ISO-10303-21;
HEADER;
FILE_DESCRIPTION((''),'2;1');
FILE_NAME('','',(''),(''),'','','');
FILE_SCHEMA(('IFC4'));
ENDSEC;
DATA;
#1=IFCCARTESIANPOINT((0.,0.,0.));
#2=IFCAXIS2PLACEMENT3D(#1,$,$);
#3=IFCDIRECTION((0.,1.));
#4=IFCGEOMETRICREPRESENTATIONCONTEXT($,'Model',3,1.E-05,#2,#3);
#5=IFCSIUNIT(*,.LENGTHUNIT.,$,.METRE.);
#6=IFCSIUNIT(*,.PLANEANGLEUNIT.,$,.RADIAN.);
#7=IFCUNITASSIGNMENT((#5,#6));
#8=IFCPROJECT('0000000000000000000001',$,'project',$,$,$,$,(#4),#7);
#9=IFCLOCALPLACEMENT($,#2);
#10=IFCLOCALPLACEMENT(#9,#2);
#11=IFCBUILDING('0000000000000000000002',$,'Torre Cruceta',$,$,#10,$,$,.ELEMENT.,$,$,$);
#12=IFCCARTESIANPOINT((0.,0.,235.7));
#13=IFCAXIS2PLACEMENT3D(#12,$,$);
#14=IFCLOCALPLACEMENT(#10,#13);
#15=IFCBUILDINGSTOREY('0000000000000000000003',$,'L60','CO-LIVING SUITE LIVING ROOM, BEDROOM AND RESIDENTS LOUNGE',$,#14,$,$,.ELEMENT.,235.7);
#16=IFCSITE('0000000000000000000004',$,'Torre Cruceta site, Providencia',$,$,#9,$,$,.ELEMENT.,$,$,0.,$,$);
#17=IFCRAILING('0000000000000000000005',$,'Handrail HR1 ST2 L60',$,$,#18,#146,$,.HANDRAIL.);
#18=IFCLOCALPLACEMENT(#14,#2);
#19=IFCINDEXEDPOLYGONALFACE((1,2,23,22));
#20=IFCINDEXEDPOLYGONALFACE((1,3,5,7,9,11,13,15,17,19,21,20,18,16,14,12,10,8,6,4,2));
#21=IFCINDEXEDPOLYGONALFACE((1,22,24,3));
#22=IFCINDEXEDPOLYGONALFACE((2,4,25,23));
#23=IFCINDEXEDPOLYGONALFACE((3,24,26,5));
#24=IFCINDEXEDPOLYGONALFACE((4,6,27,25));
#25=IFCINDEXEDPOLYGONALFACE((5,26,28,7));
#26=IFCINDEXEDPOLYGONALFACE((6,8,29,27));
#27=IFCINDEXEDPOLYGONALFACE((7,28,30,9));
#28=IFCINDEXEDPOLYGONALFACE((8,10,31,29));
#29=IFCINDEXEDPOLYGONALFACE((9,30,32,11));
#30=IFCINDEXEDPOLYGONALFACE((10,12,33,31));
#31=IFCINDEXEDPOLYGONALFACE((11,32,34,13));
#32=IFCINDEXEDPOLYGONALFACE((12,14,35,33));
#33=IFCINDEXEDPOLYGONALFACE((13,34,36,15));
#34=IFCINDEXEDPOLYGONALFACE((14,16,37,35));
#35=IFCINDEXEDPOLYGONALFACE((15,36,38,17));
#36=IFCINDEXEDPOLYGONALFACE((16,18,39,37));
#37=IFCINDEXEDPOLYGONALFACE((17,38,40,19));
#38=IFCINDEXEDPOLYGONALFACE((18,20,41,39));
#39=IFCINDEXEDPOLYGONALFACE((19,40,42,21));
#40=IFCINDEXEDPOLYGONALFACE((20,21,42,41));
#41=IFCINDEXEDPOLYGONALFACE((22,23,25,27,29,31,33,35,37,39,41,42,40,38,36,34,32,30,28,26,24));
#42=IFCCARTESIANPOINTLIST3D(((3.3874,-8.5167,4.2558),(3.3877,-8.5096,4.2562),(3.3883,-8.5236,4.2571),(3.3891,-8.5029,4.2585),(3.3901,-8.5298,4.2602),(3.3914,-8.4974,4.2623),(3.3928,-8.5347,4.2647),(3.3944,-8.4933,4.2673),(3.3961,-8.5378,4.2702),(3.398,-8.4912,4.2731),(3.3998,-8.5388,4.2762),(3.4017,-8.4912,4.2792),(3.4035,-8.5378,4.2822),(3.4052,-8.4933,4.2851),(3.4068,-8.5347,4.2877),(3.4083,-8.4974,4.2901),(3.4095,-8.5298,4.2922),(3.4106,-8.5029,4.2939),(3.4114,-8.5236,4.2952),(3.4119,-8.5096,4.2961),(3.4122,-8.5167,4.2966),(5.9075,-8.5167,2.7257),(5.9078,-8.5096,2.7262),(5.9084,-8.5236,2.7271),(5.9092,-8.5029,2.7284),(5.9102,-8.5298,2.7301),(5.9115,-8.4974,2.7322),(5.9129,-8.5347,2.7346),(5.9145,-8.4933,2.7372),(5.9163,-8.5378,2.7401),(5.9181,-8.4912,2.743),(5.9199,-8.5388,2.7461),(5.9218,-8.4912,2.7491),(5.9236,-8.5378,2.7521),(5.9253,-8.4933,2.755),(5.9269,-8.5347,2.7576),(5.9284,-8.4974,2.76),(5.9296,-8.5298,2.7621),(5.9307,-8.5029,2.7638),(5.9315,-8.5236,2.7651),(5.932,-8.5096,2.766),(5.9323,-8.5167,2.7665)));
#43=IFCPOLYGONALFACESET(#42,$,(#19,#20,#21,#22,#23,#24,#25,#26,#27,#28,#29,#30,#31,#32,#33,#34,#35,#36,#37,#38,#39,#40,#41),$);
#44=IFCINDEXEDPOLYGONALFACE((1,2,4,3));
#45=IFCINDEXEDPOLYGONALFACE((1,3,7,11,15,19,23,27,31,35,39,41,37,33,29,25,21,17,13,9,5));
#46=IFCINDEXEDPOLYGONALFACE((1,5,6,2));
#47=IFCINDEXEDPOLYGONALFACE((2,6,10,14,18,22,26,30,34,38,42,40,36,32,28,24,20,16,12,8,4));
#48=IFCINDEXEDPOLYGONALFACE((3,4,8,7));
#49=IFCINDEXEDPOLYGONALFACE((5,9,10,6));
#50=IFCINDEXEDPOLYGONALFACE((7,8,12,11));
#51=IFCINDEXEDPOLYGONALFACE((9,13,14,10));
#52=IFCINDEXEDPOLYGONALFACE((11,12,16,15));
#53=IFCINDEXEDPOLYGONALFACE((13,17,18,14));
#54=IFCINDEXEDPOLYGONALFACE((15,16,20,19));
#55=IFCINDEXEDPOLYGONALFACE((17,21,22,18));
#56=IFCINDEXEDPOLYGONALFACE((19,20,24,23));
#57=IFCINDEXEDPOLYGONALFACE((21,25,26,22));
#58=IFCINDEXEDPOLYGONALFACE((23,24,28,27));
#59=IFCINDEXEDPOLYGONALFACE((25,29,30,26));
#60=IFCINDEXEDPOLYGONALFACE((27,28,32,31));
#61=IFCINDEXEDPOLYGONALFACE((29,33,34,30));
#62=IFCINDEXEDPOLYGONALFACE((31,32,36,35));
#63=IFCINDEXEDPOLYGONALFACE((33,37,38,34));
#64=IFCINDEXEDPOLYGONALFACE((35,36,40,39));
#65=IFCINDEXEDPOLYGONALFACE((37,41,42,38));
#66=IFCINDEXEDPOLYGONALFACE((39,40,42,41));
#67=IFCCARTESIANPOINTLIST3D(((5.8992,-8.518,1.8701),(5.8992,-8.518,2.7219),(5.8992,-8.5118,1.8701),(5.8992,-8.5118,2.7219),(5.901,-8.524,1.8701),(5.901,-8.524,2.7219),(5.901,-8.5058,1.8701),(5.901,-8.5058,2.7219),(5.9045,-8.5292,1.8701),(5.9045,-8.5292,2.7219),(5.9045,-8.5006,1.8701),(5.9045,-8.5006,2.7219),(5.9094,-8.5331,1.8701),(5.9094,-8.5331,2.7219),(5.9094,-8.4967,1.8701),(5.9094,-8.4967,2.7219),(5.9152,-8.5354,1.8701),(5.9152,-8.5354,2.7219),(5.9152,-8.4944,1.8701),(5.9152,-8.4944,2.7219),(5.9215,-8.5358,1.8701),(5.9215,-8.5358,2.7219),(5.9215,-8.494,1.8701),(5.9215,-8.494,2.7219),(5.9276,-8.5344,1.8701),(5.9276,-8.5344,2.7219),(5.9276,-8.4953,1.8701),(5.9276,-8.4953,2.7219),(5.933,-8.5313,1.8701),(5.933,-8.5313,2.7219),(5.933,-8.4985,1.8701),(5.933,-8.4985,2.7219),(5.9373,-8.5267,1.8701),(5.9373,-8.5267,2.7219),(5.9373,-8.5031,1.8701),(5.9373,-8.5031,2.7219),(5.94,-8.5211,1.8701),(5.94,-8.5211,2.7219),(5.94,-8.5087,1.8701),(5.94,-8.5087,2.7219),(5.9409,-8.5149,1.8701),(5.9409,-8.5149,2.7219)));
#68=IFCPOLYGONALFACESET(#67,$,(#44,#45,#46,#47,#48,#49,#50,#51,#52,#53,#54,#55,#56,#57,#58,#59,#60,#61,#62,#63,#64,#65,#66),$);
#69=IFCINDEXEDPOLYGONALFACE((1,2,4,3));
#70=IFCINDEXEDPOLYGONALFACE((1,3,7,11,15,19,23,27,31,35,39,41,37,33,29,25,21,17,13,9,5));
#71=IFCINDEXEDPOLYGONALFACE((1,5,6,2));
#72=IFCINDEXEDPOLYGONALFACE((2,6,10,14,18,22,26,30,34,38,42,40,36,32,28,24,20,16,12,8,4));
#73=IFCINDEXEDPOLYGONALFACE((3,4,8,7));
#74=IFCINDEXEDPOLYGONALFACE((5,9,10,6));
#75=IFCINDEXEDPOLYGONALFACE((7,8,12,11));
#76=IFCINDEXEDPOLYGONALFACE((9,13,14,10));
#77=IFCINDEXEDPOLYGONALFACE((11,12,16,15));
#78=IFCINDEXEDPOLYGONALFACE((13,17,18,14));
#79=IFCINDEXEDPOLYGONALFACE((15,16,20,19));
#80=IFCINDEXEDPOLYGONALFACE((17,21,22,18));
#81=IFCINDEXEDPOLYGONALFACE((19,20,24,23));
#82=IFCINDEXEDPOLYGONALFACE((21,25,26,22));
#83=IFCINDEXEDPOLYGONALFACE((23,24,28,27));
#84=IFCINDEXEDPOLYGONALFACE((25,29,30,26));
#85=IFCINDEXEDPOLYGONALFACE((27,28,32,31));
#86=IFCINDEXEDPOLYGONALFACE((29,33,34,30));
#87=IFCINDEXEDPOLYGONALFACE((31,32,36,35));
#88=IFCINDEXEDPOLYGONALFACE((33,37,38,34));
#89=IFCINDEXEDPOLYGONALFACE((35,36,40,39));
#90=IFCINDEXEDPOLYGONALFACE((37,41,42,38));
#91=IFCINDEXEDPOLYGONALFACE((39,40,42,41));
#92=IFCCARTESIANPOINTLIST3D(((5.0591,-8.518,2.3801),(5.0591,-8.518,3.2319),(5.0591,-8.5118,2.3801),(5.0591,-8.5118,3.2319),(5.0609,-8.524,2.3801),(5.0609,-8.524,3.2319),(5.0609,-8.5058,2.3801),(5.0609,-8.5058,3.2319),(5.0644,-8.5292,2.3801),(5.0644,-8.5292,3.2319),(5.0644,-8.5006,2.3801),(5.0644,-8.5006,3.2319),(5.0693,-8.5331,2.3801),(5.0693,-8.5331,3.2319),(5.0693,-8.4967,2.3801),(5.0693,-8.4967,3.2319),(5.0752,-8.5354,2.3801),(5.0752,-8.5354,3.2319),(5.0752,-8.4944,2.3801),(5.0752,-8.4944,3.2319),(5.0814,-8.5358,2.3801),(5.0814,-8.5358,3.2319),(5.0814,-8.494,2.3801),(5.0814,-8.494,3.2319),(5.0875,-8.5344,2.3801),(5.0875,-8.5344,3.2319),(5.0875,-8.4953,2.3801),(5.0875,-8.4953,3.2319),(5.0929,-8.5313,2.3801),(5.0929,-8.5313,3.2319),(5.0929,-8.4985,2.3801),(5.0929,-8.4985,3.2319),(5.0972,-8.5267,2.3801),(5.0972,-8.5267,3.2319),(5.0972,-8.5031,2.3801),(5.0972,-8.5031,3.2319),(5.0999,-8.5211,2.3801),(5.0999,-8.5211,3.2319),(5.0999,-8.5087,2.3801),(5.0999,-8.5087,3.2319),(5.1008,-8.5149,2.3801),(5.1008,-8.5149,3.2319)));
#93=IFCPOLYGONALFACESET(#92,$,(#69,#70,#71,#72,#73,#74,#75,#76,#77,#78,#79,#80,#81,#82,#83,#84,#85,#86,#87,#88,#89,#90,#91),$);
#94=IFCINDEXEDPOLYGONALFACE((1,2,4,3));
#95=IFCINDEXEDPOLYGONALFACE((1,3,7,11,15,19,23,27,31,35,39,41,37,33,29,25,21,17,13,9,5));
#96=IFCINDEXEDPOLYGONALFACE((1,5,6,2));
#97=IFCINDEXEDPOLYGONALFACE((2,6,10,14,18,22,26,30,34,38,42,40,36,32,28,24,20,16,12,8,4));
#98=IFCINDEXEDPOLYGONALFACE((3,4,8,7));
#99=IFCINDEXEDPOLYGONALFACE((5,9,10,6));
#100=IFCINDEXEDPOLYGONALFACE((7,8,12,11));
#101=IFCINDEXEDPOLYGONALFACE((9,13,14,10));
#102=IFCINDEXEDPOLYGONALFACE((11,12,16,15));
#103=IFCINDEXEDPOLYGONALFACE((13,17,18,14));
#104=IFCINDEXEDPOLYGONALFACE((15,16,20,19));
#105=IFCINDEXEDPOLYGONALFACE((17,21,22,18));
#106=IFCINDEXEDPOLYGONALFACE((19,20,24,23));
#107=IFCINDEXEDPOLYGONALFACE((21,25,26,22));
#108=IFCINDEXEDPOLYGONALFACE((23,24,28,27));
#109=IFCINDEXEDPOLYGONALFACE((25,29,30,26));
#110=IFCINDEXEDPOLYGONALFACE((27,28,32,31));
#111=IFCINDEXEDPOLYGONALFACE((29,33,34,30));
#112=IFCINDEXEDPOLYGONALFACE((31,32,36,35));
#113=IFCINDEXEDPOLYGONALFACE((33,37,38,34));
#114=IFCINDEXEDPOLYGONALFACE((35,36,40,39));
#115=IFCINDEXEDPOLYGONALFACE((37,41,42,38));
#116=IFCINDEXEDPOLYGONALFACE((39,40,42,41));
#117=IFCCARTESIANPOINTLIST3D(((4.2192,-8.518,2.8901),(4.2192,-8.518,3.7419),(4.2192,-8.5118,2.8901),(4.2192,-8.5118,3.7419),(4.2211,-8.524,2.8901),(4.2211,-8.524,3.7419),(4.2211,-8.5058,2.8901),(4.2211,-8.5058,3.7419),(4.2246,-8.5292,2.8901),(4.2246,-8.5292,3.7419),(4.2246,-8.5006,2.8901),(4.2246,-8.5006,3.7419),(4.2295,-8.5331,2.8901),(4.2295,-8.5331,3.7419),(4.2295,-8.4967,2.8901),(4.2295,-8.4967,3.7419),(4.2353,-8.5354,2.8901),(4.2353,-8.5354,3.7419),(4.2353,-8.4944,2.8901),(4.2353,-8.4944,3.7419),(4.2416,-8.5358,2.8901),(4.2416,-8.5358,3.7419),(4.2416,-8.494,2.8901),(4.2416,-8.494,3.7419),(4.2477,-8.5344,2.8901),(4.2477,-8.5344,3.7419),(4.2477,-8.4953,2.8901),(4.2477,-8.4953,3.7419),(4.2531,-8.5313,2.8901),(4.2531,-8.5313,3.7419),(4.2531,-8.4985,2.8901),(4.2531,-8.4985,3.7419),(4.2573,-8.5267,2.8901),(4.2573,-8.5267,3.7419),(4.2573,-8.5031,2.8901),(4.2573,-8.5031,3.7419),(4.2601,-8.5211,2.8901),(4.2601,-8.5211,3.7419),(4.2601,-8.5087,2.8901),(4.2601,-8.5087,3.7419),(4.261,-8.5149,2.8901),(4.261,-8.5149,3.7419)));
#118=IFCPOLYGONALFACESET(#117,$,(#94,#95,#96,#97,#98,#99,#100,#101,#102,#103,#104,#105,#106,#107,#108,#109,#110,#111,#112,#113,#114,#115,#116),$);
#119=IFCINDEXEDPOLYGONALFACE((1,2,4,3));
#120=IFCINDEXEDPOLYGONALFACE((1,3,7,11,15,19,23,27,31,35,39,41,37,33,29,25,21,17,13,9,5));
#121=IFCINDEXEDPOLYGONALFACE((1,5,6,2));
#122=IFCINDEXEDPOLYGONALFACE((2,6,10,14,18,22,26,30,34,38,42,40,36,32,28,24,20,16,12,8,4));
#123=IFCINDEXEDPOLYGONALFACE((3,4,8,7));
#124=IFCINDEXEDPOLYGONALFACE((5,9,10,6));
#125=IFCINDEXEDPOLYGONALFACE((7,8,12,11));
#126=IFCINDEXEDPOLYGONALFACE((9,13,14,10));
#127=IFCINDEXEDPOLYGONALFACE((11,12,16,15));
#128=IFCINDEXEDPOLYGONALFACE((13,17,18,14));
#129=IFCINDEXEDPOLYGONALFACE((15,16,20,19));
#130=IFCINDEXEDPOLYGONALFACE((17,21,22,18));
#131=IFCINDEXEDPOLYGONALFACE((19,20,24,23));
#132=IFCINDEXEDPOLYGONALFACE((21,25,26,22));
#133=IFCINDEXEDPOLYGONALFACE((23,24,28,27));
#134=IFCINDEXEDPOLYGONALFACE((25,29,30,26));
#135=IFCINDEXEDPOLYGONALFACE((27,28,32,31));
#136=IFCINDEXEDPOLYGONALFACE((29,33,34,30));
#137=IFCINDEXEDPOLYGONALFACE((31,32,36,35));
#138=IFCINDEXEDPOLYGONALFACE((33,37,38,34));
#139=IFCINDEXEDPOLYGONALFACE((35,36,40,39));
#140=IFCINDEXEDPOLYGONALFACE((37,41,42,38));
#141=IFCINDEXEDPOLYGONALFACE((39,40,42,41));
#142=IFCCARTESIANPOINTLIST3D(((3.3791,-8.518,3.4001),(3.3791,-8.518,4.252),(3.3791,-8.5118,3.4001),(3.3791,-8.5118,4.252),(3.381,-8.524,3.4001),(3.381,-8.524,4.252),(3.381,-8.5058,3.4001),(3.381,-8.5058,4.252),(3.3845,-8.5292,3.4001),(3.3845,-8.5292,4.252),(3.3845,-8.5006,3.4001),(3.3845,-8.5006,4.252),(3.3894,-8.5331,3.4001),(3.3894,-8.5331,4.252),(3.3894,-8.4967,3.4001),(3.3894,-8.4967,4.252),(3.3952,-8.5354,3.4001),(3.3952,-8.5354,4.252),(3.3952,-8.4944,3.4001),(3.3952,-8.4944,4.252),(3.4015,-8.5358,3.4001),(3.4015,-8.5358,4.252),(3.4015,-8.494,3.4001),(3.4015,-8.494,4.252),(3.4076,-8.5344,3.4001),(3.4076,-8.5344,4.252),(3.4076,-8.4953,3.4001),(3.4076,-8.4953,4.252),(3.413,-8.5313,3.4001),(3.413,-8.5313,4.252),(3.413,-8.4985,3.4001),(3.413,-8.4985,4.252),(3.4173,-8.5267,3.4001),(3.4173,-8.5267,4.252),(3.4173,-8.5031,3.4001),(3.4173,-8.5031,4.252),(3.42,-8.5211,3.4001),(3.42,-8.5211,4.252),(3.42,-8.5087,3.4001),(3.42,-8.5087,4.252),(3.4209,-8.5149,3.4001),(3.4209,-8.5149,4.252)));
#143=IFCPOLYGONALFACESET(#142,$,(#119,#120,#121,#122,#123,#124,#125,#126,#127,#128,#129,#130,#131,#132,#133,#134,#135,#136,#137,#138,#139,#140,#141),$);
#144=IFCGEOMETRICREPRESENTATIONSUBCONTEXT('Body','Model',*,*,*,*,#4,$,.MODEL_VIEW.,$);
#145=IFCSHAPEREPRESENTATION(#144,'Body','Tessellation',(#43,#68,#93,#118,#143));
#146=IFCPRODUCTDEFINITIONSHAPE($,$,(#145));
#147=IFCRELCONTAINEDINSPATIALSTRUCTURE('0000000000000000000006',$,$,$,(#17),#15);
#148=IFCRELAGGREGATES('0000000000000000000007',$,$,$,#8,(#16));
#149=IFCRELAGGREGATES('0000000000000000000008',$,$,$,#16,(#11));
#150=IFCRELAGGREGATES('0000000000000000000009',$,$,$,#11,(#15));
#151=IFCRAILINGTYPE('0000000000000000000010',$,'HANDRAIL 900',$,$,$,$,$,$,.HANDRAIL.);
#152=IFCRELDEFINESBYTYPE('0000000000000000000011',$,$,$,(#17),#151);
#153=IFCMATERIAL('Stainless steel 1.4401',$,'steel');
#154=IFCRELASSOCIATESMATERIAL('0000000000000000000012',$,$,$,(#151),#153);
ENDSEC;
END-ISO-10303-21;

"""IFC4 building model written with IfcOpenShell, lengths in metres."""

from ifc_helpers import new_model, si_unit, direction, frame, origin, origin_2d, place, context, subcontext, project, spatial, circle, extrude, material, type_object, element, save


model = new_model("IFC4")

# Units and contexts
model_context = context("Model", 3, precision=1e-05, world=origin(), true_north=direction((0.0, 1.0)))
body_context = subcontext(model_context, "Body", "Model", "MODEL_VIEW")
ifc_project = project(units=[si_unit("LENGTHUNIT", "METRE"), si_unit("PLANEANGLEUNIT", "RADIAN")], contexts=[model_context])

# Site, building, storey
site_placement = place(None, origin())
site = spatial("IfcSite", under=ifc_project, at=site_placement, Name="Torre Cruceta site, Providencia", CompositionType="ELEMENT", RefElevation=0.0)
building_placement = place(site_placement, origin())
building = spatial("IfcBuilding", under=site, at=building_placement, Name="Torre Cruceta", CompositionType="ELEMENT")
storey_placement = place(building_placement, frame((0.0, 0.0, 235.7)))
storey = spatial("IfcBuildingStorey", under=building, at=storey_placement, Name="L60", Description="CO-LIVING SUITE LIVING ROOM, BEDROOM AND RESIDENTS LOUNGE", CompositionType="ELEMENT", Elevation=235.7)

# Railing
ifc_material_1 = material(Name="Stainless steel 1.4401", Category="steel")
railing_type = type_object("IfcRailingType", Name="HANDRAIL 900", PredefinedType="HANDRAIL", material=ifc_material_1)
railing_placement = place(storey_placement, frame((5.9199, -8.5149, 1.8701)))
element("IfcRailing", 1, at=railing_placement, inside=storey, type_object=railing_type, Name="Handrail HR1 ST2 L60", PredefinedType="HANDRAIL", context=body_context, shape_type="SweptSolid", body=[
    extrude(circle(Radius=0.0239, at=origin_2d()), frame((0.0, 0.0, 0.876), z_axis=(-0.854785, 0.0, 0.518982), x_axis=(0.0, -1.0, 0.0)), (0.0, 0.0, 1.0), 2.9482),
    extrude(circle(Radius=0.021, at=origin_2d()), origin(), (0.0, 0.0, 1.0), 0.8518),
    extrude(circle(Radius=0.021, at=origin_2d()), frame((-0.8401, 0.0, 0.51)), (0.0, 0.0, 1.0), 0.8518),
    extrude(circle(Radius=0.021, at=origin_2d()), frame((-1.6799, 0.0, 1.02)), (0.0, 0.0, 1.0), 0.8518),
    extrude(circle(Radius=0.021, at=origin_2d()), frame((-2.52, 0.0, 1.53)), (0.0, 0.0, 1.0), 0.8518),
])

save(model, "model.ifc")
